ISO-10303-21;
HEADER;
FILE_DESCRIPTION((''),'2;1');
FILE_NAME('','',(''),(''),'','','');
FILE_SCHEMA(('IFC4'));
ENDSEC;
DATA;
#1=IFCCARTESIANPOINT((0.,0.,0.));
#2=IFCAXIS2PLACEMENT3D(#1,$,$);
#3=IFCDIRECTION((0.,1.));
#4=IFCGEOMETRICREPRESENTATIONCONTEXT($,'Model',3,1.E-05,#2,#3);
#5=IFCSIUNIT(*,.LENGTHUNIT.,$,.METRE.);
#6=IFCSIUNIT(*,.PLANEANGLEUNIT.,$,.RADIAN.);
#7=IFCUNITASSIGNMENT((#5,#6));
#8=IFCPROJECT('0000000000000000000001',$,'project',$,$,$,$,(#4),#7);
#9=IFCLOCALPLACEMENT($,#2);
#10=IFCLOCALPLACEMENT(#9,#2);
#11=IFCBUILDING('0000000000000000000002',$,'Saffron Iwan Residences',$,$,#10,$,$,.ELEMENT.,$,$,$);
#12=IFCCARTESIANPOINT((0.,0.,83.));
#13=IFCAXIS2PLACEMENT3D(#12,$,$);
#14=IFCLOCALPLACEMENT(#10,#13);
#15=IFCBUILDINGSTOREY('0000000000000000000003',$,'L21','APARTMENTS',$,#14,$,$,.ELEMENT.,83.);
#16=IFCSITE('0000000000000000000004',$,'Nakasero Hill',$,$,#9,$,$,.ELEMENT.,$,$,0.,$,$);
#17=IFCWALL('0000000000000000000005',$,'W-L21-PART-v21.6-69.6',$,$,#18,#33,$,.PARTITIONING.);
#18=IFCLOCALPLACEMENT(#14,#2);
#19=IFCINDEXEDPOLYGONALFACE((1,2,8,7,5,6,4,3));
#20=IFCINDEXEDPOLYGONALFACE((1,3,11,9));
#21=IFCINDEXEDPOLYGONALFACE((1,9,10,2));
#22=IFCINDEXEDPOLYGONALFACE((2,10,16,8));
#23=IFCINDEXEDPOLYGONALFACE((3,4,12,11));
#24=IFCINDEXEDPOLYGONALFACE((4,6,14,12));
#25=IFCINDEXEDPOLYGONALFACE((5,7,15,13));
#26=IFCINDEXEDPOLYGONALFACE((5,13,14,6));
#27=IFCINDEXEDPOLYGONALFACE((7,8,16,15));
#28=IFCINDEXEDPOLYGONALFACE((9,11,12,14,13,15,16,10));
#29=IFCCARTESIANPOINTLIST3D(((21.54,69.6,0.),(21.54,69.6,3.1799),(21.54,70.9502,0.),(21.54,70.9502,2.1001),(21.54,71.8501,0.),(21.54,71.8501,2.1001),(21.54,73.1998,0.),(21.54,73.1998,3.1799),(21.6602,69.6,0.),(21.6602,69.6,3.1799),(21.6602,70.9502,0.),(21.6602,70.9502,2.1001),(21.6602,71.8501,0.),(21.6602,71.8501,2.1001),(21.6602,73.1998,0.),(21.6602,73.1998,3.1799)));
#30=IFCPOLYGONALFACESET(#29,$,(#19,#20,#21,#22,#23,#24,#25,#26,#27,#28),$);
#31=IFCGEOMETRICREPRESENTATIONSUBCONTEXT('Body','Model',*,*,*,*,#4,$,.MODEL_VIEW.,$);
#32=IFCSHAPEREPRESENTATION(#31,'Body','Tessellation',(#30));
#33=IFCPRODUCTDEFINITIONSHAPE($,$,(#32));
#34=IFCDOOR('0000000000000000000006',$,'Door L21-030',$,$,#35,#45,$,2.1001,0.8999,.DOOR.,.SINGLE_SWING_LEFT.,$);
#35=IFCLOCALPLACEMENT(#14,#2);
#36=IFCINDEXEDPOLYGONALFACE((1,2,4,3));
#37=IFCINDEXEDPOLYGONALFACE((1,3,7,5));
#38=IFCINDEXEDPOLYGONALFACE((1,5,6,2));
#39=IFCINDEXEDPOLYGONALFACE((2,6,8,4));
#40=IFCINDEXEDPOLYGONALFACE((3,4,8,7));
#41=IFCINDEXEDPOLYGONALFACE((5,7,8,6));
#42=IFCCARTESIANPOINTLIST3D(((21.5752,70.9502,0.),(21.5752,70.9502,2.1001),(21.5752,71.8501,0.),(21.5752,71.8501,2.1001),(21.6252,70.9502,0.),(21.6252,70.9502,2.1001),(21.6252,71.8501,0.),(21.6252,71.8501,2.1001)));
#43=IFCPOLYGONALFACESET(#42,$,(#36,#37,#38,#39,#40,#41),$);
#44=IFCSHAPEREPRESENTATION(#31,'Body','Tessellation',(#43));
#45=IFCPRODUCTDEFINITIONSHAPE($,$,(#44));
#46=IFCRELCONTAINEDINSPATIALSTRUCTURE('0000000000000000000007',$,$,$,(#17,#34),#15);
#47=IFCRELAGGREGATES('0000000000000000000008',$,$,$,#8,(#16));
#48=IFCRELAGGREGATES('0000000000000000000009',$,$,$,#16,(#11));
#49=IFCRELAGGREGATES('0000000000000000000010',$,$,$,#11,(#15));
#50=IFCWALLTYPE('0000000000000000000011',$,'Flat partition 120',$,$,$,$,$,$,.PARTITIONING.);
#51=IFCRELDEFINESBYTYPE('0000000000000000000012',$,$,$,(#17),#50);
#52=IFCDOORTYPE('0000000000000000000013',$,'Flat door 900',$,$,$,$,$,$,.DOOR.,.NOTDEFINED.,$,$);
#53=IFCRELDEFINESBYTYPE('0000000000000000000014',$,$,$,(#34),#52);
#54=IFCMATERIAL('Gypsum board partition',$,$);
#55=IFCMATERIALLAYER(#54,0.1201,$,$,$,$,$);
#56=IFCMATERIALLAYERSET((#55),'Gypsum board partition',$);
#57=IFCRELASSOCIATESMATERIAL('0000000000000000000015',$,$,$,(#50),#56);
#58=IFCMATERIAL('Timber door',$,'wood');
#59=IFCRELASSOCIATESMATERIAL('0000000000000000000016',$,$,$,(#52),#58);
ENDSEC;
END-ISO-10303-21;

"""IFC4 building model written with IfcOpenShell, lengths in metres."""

from ifc_helpers import new_model, si_unit, direction, frame, frame_2d, origin, place, context, subcontext, project, spatial, rectangle, extrude, material, layer, layer_set, type_object, element, fill, save


model = new_model("IFC4")

# Units and contexts
model_context = context("Model", 3, precision=1e-05, world=origin(), true_north=direction((0.0, 1.0)))
body_context = subcontext(model_context, "Body", "Model", "MODEL_VIEW")
ifc_project = project(units=[si_unit("LENGTHUNIT", "METRE"), si_unit("PLANEANGLEUNIT", "RADIAN")], contexts=[model_context])

# Site, building, storey
site_placement = place(None, origin())
site = spatial("IfcSite", under=ifc_project, at=site_placement, Name="Nakasero Hill", CompositionType="ELEMENT", RefElevation=0.0)
building_placement = place(site_placement, origin())
building = spatial("IfcBuilding", under=site, at=building_placement, Name="Saffron Iwan Residences", CompositionType="ELEMENT")
storey_placement = place(building_placement, frame((0.0, 0.0, 83.0)))
storey = spatial("IfcBuildingStorey", under=building, at=storey_placement, Name="L21", Description="APARTMENTS", CompositionType="ELEMENT", Elevation=83.0)

# Wall, opening, door
ifc_material_1 = material(Name="Gypsum board partition")
ifc_layer_1 = layer(ifc_material_1, 0.1201)
ifc_layer_set_1 = layer_set([ifc_layer_1], Name="Gypsum board partition")
wall_type_1 = type_object("IfcWallType", Name="Flat partition 120", PredefinedType="PARTITIONING", material=ifc_layer_set_1)
wall_1_placement = place(storey_placement, frame((21.6001, 69.6001, 0.0), z_axis=(0.0, 0.0, 1.0), x_axis=(0.0, 1.0, 0.0)))
wall_1 = element("IfcWall", 1, at=wall_1_placement, inside=storey, type_object=wall_type_1, Name="W-L21-PART-v21.6-69.6", PredefinedType="PARTITIONING", context=body_context, shape_type="SweptSolid", body=[
    extrude(rectangle(XDim=3.5999, YDim=0.1201, at=frame_2d((1.7998, 0.0))), origin(), (0.0, 0.0, 1.0), 3.1799),
])
opening_1_placement = place(wall_1_placement, frame((1.3501, 0.0, 0.0)))
opening_1 = element("IfcOpeningElement", 2, at=opening_1_placement, cuts=wall_1, PredefinedType="OPENING", context=body_context, shape_type="SweptSolid", body=[
    extrude(rectangle(XDim=0.8999, YDim=2.1001, at=frame_2d((0.45, 1.05))), frame((0.0, 0.0701, 0.0), z_axis=(0.0, -1.0, 0.0), x_axis=(1.0, 0.0, 0.0)), (0.0, 0.0, 1.0), 0.1401),
])
ifc_material_2 = material(Name="Timber door", Category="wood")
door_type_1 = type_object("IfcDoorType", Name="Flat door 900", OperationType="NOTDEFINED", PredefinedType="DOOR", material=ifc_material_2)
door_1_placement = place(opening_1_placement, origin())
door_1 = element("IfcDoor", 3, at=door_1_placement, inside=storey, type_object=door_type_1, Name="Door L21-030", OperationType="SINGLE_SWING_LEFT", OverallHeight=2.1001, OverallWidth=0.8999, PredefinedType="DOOR", context=body_context, shape_type="SweptSolid", body=[
    extrude(rectangle(XDim=0.8999, YDim=2.1001, at=frame_2d((0.45, 1.05))), frame((0.0, 0.0249, 0.0), z_axis=(0.0, -1.0, 0.0), x_axis=(1.0, 0.0, 0.0)), (0.0, 0.0, 1.0), 0.05),
])
fill(opening_1, door_1)

save(model, "model.ifc")
